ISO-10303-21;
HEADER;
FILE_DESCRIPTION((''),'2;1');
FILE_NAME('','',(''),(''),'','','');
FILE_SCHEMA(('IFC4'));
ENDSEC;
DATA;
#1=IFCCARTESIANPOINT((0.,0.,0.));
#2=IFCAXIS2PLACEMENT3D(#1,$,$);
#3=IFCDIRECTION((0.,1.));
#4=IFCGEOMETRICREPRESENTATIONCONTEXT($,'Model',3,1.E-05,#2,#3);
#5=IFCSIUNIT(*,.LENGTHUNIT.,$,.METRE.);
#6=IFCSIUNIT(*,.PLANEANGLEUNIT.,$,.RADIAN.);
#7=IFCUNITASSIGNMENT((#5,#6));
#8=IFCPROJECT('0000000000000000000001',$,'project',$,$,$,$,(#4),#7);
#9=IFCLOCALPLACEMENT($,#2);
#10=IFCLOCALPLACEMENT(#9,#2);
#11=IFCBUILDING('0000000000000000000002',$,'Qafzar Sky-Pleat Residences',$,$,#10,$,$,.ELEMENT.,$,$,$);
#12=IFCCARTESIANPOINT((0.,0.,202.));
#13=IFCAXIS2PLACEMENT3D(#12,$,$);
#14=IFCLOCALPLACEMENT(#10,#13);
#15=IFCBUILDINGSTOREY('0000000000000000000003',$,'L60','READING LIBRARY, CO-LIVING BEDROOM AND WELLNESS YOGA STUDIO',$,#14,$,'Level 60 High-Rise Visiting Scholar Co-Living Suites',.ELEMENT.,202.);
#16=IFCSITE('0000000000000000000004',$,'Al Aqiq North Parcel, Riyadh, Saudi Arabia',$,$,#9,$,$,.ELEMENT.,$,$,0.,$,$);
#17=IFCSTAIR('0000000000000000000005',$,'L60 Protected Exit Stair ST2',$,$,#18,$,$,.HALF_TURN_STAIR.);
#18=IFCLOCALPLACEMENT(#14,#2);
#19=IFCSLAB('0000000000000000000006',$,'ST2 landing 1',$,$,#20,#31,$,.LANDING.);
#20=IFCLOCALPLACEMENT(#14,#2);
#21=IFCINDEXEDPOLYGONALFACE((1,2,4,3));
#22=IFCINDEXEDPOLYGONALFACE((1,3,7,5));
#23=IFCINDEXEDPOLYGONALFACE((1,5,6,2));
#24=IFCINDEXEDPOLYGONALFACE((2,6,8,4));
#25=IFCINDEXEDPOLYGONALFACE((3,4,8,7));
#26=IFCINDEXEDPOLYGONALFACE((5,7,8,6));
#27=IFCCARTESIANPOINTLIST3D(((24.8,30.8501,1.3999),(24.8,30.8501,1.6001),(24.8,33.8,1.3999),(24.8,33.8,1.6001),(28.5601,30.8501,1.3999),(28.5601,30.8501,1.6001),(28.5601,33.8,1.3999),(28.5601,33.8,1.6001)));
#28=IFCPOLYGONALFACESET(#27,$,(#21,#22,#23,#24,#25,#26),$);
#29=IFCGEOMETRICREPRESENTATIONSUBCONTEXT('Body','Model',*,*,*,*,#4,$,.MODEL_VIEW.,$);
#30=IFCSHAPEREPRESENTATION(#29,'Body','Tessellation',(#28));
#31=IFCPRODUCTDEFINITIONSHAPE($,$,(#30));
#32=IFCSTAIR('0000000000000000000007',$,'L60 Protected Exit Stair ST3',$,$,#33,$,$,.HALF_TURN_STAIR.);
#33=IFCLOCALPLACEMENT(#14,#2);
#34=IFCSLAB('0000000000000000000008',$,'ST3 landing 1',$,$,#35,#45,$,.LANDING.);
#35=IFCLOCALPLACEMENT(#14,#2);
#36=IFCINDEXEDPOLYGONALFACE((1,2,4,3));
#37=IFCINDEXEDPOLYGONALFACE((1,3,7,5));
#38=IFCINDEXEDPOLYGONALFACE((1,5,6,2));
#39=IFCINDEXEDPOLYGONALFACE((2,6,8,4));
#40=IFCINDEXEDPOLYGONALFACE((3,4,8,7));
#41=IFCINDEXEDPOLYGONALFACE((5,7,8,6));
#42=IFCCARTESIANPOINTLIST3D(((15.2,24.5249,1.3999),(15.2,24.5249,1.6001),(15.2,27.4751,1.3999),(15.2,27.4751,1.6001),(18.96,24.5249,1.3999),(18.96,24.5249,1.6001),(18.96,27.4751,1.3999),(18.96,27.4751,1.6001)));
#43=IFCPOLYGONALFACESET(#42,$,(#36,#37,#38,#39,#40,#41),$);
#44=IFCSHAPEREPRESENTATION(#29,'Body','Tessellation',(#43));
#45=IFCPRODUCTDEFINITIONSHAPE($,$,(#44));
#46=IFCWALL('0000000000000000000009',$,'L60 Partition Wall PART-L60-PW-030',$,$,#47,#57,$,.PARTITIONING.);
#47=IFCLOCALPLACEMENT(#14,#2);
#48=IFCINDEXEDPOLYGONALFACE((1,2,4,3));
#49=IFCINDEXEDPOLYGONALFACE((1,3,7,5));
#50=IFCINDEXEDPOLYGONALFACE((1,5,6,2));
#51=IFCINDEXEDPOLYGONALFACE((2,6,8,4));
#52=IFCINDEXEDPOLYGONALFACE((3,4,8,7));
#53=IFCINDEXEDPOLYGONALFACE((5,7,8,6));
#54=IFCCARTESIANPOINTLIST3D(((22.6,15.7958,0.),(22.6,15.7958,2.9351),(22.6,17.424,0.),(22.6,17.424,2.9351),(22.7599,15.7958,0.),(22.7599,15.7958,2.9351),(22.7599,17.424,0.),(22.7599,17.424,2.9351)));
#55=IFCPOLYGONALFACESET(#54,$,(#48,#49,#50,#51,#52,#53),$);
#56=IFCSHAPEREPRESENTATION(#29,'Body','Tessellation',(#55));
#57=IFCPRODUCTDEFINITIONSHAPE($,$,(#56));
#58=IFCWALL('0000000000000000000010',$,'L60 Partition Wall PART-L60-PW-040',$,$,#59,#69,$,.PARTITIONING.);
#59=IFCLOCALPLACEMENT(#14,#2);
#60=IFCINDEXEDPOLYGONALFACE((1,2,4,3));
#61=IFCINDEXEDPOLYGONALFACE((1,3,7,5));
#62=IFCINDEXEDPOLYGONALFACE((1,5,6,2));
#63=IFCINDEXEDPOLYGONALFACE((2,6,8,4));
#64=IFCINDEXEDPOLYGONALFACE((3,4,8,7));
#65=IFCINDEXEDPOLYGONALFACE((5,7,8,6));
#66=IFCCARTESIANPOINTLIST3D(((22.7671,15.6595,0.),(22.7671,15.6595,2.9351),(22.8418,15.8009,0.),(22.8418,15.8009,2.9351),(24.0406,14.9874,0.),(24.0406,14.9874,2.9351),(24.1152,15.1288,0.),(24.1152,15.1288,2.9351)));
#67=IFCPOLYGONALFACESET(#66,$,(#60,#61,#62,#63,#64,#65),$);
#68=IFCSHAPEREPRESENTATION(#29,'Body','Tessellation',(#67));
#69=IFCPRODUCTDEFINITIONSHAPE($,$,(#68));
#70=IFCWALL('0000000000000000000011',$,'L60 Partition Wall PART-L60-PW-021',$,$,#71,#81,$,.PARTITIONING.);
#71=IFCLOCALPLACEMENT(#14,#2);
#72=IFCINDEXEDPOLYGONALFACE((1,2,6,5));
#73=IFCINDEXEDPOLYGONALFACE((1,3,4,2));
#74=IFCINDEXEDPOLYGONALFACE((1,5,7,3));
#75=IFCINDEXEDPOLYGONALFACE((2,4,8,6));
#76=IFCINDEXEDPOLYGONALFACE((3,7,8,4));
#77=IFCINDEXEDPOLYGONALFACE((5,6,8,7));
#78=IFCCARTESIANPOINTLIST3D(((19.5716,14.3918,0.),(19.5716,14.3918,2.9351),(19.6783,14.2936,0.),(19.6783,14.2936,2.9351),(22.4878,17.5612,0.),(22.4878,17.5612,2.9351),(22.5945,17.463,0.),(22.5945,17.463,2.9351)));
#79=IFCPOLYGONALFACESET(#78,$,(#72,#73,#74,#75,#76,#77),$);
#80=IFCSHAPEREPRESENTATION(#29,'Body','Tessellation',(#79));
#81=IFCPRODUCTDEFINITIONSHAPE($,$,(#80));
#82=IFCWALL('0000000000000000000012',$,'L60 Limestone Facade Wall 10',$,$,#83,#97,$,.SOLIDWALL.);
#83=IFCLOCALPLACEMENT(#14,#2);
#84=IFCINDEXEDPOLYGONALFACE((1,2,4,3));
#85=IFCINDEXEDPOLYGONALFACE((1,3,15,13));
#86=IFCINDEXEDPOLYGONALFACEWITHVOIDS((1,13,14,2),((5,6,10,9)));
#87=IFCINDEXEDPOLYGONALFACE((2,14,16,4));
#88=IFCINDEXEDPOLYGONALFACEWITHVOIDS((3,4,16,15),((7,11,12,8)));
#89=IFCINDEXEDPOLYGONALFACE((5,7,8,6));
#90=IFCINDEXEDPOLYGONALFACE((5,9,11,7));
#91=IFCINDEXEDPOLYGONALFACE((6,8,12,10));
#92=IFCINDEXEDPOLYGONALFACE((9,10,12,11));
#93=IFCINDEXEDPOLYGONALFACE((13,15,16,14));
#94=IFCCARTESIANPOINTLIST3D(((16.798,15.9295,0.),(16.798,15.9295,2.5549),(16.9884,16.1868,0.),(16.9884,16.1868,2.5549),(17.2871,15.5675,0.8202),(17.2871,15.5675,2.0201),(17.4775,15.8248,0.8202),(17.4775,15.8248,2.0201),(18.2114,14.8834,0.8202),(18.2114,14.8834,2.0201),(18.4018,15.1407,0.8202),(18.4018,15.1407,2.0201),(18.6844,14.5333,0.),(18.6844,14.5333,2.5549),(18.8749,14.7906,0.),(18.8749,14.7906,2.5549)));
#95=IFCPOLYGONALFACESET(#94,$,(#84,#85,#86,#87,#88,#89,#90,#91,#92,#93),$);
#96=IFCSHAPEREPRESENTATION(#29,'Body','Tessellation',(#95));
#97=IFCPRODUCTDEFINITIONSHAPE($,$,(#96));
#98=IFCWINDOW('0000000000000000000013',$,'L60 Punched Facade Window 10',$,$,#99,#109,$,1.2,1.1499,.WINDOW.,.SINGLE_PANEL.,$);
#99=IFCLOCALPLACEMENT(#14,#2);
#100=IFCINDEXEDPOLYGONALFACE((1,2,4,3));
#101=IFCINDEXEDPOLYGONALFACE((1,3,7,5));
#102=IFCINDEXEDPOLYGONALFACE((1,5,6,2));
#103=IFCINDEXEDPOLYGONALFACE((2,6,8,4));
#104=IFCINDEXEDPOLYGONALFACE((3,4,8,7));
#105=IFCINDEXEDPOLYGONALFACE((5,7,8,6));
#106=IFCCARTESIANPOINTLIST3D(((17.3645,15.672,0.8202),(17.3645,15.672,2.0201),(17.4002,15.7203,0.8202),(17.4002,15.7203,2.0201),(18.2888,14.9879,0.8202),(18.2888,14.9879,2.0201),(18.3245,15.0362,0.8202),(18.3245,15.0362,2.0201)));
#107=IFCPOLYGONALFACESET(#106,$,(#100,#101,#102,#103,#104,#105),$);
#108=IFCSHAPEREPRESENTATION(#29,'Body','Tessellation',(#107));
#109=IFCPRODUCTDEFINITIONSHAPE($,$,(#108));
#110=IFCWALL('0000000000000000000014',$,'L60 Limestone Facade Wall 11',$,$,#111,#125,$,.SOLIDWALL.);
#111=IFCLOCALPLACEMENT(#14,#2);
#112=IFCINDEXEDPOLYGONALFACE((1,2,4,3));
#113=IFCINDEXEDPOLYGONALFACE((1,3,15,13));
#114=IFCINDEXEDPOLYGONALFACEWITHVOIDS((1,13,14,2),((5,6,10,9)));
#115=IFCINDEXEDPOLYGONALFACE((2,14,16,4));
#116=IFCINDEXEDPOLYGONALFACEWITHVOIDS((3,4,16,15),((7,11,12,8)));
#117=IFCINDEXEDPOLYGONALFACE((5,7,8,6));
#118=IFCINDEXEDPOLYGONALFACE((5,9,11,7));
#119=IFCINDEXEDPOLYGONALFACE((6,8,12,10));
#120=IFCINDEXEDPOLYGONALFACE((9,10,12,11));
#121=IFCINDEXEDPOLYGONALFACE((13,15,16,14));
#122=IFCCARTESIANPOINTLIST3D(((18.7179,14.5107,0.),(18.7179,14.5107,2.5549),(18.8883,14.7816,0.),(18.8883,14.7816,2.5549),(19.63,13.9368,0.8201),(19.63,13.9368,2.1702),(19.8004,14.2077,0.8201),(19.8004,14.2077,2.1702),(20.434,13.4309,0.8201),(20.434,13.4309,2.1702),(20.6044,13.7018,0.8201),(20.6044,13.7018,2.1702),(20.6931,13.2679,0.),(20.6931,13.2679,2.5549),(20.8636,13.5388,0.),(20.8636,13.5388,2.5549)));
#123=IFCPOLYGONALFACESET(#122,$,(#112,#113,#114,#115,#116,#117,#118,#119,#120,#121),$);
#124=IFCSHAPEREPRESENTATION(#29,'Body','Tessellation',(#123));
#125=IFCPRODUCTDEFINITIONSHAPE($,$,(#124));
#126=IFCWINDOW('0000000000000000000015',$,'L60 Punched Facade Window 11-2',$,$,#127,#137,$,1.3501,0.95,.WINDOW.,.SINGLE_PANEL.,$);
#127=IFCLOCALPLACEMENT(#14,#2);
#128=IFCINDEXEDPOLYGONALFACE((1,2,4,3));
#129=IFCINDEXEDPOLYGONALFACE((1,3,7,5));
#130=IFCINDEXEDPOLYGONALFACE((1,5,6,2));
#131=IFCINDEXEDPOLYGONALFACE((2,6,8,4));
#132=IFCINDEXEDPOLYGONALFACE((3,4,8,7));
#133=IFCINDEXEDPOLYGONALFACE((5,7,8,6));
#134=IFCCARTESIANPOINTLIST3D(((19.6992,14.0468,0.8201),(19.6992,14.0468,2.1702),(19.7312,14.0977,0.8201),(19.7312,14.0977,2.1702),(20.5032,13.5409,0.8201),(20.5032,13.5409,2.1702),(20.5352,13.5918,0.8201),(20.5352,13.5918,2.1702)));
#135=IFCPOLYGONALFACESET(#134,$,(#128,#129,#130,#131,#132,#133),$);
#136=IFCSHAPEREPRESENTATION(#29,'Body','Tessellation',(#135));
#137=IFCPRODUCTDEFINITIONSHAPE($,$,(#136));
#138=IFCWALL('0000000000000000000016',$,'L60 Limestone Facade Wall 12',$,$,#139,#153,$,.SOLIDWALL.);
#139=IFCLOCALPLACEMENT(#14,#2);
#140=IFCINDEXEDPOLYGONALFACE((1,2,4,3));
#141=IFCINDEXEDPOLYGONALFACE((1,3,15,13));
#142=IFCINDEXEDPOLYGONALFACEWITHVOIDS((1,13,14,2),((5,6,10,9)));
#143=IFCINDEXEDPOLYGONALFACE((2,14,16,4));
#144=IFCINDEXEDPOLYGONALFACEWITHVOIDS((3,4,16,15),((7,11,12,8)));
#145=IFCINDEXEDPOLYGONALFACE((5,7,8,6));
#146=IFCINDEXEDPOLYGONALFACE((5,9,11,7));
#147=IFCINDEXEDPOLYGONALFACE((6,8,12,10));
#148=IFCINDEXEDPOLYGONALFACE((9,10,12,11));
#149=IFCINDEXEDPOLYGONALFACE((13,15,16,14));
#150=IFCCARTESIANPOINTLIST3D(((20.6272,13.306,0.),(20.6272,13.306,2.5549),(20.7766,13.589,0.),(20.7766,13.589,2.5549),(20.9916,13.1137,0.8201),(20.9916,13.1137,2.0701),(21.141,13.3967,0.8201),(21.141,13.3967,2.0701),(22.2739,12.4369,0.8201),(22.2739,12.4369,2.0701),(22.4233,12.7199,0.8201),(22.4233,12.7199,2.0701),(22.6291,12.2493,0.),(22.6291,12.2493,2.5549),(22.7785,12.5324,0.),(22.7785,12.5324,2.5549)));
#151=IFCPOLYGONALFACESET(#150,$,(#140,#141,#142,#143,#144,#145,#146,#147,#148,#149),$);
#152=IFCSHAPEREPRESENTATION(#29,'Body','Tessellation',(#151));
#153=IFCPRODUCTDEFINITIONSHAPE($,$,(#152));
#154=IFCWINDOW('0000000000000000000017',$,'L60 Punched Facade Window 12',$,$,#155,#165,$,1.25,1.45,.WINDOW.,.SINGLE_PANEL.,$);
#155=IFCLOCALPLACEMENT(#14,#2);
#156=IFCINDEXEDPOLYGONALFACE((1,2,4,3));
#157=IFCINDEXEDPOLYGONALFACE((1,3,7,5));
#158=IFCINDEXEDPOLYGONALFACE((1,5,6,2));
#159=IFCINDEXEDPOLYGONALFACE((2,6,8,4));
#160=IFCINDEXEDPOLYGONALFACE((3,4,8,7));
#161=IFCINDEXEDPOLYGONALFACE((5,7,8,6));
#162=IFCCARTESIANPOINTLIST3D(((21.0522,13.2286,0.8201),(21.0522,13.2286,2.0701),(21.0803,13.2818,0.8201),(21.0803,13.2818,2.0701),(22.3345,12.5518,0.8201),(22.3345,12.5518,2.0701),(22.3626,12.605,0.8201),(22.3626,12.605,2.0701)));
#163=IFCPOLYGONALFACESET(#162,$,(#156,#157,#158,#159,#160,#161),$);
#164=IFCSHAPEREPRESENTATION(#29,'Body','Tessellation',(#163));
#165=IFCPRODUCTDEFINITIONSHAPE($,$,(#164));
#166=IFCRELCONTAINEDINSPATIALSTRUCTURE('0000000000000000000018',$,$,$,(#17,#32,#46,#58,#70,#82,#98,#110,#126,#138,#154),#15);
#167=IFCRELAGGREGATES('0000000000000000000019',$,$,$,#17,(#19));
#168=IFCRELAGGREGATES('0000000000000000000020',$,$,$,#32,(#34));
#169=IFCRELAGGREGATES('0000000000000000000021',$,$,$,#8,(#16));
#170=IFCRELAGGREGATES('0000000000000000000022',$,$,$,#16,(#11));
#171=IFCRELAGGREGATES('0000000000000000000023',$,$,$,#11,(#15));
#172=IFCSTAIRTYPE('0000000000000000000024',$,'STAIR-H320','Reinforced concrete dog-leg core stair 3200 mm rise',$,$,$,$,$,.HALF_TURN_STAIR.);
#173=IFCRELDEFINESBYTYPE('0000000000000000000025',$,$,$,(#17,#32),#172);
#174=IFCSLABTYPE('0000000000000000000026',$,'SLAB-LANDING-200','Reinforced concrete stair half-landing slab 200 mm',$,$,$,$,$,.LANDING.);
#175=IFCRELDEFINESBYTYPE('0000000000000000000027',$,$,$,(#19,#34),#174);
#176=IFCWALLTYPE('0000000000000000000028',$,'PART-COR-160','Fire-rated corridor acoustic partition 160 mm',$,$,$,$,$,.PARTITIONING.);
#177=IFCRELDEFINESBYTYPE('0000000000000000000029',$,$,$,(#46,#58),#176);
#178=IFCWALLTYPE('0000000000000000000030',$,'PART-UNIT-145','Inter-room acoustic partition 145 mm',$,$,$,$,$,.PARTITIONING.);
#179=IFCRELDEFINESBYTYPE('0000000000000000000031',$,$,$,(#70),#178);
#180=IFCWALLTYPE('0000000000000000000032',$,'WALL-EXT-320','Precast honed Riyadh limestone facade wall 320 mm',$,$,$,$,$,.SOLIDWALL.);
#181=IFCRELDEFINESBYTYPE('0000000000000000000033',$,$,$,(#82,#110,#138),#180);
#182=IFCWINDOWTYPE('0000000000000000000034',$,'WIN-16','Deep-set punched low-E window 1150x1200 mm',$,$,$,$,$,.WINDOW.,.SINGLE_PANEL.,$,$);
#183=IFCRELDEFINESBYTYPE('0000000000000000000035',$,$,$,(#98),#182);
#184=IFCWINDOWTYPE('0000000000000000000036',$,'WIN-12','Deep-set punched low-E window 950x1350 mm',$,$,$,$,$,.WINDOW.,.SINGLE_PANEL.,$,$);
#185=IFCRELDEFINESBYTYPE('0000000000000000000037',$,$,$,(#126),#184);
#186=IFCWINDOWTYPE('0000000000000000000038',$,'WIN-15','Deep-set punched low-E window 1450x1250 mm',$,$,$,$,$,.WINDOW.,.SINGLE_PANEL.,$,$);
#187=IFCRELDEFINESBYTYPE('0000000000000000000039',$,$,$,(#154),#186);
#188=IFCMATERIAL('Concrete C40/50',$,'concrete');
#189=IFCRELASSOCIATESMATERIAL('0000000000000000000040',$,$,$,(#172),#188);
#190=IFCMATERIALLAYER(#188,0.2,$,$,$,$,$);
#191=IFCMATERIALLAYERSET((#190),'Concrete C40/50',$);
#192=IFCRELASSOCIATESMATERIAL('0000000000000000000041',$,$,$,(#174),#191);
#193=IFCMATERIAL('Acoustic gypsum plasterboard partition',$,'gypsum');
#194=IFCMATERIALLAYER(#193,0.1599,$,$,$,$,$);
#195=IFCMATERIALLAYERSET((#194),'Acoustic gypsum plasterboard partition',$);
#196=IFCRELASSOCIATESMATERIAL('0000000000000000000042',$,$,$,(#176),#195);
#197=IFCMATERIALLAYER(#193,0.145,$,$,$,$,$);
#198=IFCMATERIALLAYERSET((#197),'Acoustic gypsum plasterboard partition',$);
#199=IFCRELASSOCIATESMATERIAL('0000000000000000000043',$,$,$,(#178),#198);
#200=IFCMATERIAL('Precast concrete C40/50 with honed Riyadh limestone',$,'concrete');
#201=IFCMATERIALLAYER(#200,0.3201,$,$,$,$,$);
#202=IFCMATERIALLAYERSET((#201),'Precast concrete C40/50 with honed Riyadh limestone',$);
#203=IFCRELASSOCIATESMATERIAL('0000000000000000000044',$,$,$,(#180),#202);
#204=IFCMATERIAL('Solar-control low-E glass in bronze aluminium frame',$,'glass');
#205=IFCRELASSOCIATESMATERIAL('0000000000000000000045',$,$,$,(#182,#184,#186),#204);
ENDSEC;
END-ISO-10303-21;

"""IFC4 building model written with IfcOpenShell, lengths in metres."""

from ifc_helpers import new_model, si_unit, direction, frame, frame_2d, origin, place, context, subcontext, project, spatial, polyline, rectangle, outline, extrude, source, transform, mapped, material, layer, layer_set, type_object, element, fill, aggregate, save


model = new_model("IFC4")

# Units and contexts
model_context = context("Model", 3, precision=1e-05, world=origin(), true_north=direction((0.0, 1.0)))
body_context = subcontext(model_context, "Body", "Model", "MODEL_VIEW")
ifc_project = project(units=[si_unit("LENGTHUNIT", "METRE"), si_unit("PLANEANGLEUNIT", "RADIAN")], contexts=[model_context])

# Site, building, storey
site_placement = place(None, origin())
site = spatial("IfcSite", under=ifc_project, at=site_placement, Name="Al Aqiq North Parcel, Riyadh, Saudi Arabia", CompositionType="ELEMENT", RefElevation=0.0)
building_placement = place(site_placement, origin())
building = spatial("IfcBuilding", under=site, at=building_placement, Name="Qafzar Sky-Pleat Residences", CompositionType="ELEMENT")
storey_placement = place(building_placement, frame((0.0, 0.0, 202.0)))
storey = spatial("IfcBuildingStorey", under=building, at=storey_placement, Name="L60", Description="READING LIBRARY, CO-LIVING BEDROOM AND WELLNESS YOGA STUDIO", LongName="Level 60 High-Rise Visiting Scholar Co-Living Suites", CompositionType="ELEMENT", Elevation=202.0)

# Shared definitions
ifc_material_1 = material(Name="Concrete C40/50", Category="concrete")

# Stairs, slabs
stair_type = type_object("IfcStairType", Name="STAIR-H320", Description="Reinforced concrete dog-leg core stair 3200 mm rise", PredefinedType="HALF_TURN_STAIR", material=ifc_material_1)
ifc_layer_1 = layer(ifc_material_1, 0.2)
ifc_layer_set_1 = layer_set([ifc_layer_1], Name="Concrete C40/50")
slab_type_1 = type_object("IfcSlabType", Name="SLAB-LANDING-200", Description="Reinforced concrete stair half-landing slab 200 mm", PredefinedType="LANDING", material=ifc_layer_set_1)
stair_1_placement = place(storey_placement, origin())
stair_1 = element("IfcStair", 1, at=stair_1_placement, inside=storey, type_object=stair_type, Name="L60 Protected Exit Stair ST2", PredefinedType="HALF_TURN_STAIR")
slab_1_placement = place(storey_placement, frame((0.0, 0.0, 1.3999)))
slab_1 = element("IfcSlab", 2, at=slab_1_placement, type_object=slab_type_1, Name="ST2 landing 1", PredefinedType="LANDING", context=body_context, shape_type="SweptSolid", body=[
    extrude(outline(polyline([(28.5601, 33.8), (24.8, 33.8), (24.8, 30.8501), (28.5601, 30.8501), (28.5601, 33.8)])), origin(), (0.0, 0.0, 1.0), 0.2002),
])
aggregate(stair_1, [slab_1])
stair_2_placement = place(storey_placement, origin())
stair_2 = element("IfcStair", 3, at=stair_2_placement, inside=storey, type_object=stair_type, Name="L60 Protected Exit Stair ST3", PredefinedType="HALF_TURN_STAIR")
slab_2_placement = place(storey_placement, frame((0.0, 0.0, 1.3999)))
slab_2 = element("IfcSlab", 4, at=slab_2_placement, type_object=slab_type_1, Name="ST3 landing 1", PredefinedType="LANDING", context=body_context, shape_type="SweptSolid", body=[
    extrude(outline(polyline([(18.96, 27.4751), (15.2, 27.4751), (15.2, 24.5249), (18.96, 24.5249), (18.96, 27.4751)])), origin(), (0.0, 0.0, 1.0), 0.2002),
])
aggregate(stair_2, [slab_2])

# Walls
ifc_material_2 = material(Name="Acoustic gypsum plasterboard partition", Category="gypsum")
ifc_layer_2 = layer(ifc_material_2, 0.1599)
ifc_layer_set_2 = layer_set([ifc_layer_2], Name="Acoustic gypsum plasterboard partition")
wall_type_1 = type_object("IfcWallType", Name="PART-COR-160", Description="Fire-rated corridor acoustic partition 160 mm", PredefinedType="PARTITIONING", material=ifc_layer_set_2)
wall_1_placement = place(storey_placement, frame((22.6799, 15.7959, 0.0), z_axis=(0.0, 0.0, 1.0), x_axis=(0.0, 1.0, 0.0)))
element("IfcWall", 5, at=wall_1_placement, inside=storey, type_object=wall_type_1, Name="L60 Partition Wall PART-L60-PW-030", PredefinedType="PARTITIONING", context=body_context, shape_type="SweptSolid", body=[
    extrude(rectangle(XDim=1.6282, YDim=0.1599, at=frame_2d((0.814, 0.0))), origin(), (0.0, 0.0, 1.0), 2.9351),
])
wall_2_placement = place(storey_placement, frame((22.8044, 15.7302, 0.0), z_axis=(0.0, 0.0, 1.0), x_axis=(0.884377, -0.466773, 0.0)))
element("IfcWall", 6, at=wall_2_placement, inside=storey, type_object=wall_type_1, Name="L60 Partition Wall PART-L60-PW-040", PredefinedType="PARTITIONING", context=body_context, shape_type="SweptSolid", body=[
    extrude(rectangle(XDim=1.4399, YDim=0.1599, at=frame_2d((0.72, 0.0))), origin(), (0.0, 0.0, 1.0), 2.9351),
])
ifc_layer_3 = layer(ifc_material_2, 0.145)
ifc_layer_set_3 = layer_set([ifc_layer_3], Name="Acoustic gypsum plasterboard partition")
wall_type_2 = type_object("IfcWallType", Name="PART-UNIT-145", Description="Inter-room acoustic partition 145 mm", PredefinedType="PARTITIONING", material=ifc_layer_set_3)
wall_3_placement = place(storey_placement, frame((19.625, 14.3428, 0.0), z_axis=(0.0, 0.0, 1.0), x_axis=(0.677104, 0.735887, 0.0)))
element("IfcWall", 7, at=wall_3_placement, inside=storey, type_object=wall_type_2, Name="L60 Partition Wall PART-L60-PW-021", PredefinedType="PARTITIONING", context=body_context, shape_type="SweptSolid", body=[
    extrude(rectangle(XDim=4.3069, YDim=0.145, at=frame_2d((2.1533, 0.0))), origin(), (0.0, 0.0, 1.0), 2.9351),
])

# Walls, openings, windows
ifc_material_3 = material(Name="Precast concrete C40/50 with honed Riyadh limestone", Category="concrete")
ifc_layer_4 = layer(ifc_material_3, 0.3201)
ifc_layer_set_4 = layer_set([ifc_layer_4], Name="Precast concrete C40/50 with honed Riyadh limestone")
wall_type_3 = type_object("IfcWallType", Name="WALL-EXT-320", Description="Precast honed Riyadh limestone facade wall 320 mm", PredefinedType="SOLIDWALL", material=ifc_layer_set_4)
wall_4_placement = place(storey_placement, frame((16.8933, 16.0581, 0.0), z_axis=(0.0, 0.0, 1.0), x_axis=(0.803791, -0.594912, 0.0)))
wall_4 = element("IfcWall", 8, at=wall_4_placement, inside=storey, type_object=wall_type_3, Name="L60 Limestone Facade Wall 10", PredefinedType="SOLIDWALL", context=body_context, shape_type="SweptSolid", body=[
    extrude(rectangle(XDim=2.3469, YDim=0.3201, at=frame_2d((1.1733, 0.0))), origin(), (0.0, 0.0, 1.0), 2.5549),
])
opening_1_placement = place(wall_4_placement, frame((0.6084, 0.0, 0.8201)))
opening_1 = element("IfcOpeningElement", 9, at=opening_1_placement, cuts=wall_4, PredefinedType="OPENING", context=body_context, shape_type="SweptSolid", body=[
    extrude(rectangle(XDim=1.1499, YDim=1.2, at=frame_2d((0.575, 0.6001))), frame((0.0, 0.1699, 0.0), z_axis=(0.0, -1.0, 0.0), x_axis=(1.0, 0.0, 0.0)), (0.0, 0.0, 1.0), 0.3401),
])
ifc_material_4 = material(Name="Solar-control low-E glass in bronze aluminium frame", Category="glass")
window_type_1 = type_object("IfcWindowType", Name="WIN-16", Description="Deep-set punched low-E window 1150x1200 mm", PartitioningType="SINGLE_PANEL", PredefinedType="WINDOW", material=ifc_material_4)
shared_shape_1 = source(origin(), body_context, "Body", "SweptSolid", [
    extrude(rectangle(XDim=1.1499, YDim=1.2, at=frame_2d((0.575, 0.6001))), frame((0.0, 0.03, 0.0), z_axis=(0.0, -1.0, 0.0), x_axis=(1.0, 0.0, 0.0)), (0.0, 0.0, 1.0), 0.0601),
])
window_1_placement = place(opening_1_placement, origin())
window_1 = element("IfcWindow", 10, at=window_1_placement, inside=storey, type_object=window_type_1, Name="L60 Punched Facade Window 10", OverallHeight=1.2, OverallWidth=1.1499, PartitioningType="SINGLE_PANEL", PredefinedType="WINDOW", context=body_context, shape_type="MappedRepresentation", body=[
    mapped(shared_shape_1, transform((0.0, 0.0, 0.0), x_axis=(1.0, 0.0, 0.0), y_axis=(0.0, 1.0, 0.0), z_axis=(0.0, 0.0, 1.0), scale=1.0)),
])
fill(opening_1, window_1)
wall_5_placement = place(storey_placement, frame((18.803, 14.6462, 0.0), z_axis=(0.0, 0.0, 1.0), x_axis=(0.84639, -0.532564, 0.0)))
wall_5 = element("IfcWall", 11, at=wall_5_placement, inside=storey, type_object=wall_type_3, Name="L60 Limestone Facade Wall 11", PredefinedType="SOLIDWALL", context=body_context, shape_type="SweptSolid", body=[
    extrude(rectangle(XDim=2.3337, YDim=0.3201, at=frame_2d((1.167, 0.0))), origin(), (0.0, 0.0, 1.0), 2.5549),
])
opening_2_placement = place(wall_5_placement, frame((1.0776, 0.0, 0.8201)))
opening_2 = element("IfcOpeningElement", 12, at=opening_2_placement, cuts=wall_5, PredefinedType="OPENING", context=body_context, shape_type="SweptSolid", body=[
    extrude(rectangle(XDim=0.95, YDim=1.3501, at=frame_2d((0.4751, 0.675))), frame((0.0, 0.1699, 0.0), z_axis=(0.0, -1.0, 0.0), x_axis=(1.0, 0.0, 0.0)), (0.0, 0.0, 1.0), 0.3401),
])
window_type_2 = type_object("IfcWindowType", Name="WIN-12", Description="Deep-set punched low-E window 950x1350 mm", PartitioningType="SINGLE_PANEL", PredefinedType="WINDOW", material=ifc_material_4)
shared_shape_2 = source(origin(), body_context, "Body", "SweptSolid", [
    extrude(rectangle(XDim=0.95, YDim=1.3501, at=frame_2d((0.4751, 0.675))), frame((0.0, 0.03, 0.0), z_axis=(0.0, -1.0, 0.0), x_axis=(1.0, 0.0, 0.0)), (0.0, 0.0, 1.0), 0.0601),
])
window_2_placement = place(opening_2_placement, origin())
window_2 = element("IfcWindow", 13, at=window_2_placement, inside=storey, type_object=window_type_2, Name="L60 Punched Facade Window 11-2", OverallHeight=1.3501, OverallWidth=0.95, PartitioningType="SINGLE_PANEL", PredefinedType="WINDOW", context=body_context, shape_type="MappedRepresentation", body=[
    mapped(shared_shape_2, transform((0.0, 0.0, 0.0), x_axis=(1.0, 0.0, 0.0), y_axis=(0.0, 1.0, 0.0), z_axis=(0.0, 0.0, 1.0), scale=1.0)),
])
fill(opening_2, window_2)
wall_6_placement = place(storey_placement, frame((20.7019, 13.4475, 0.0), z_axis=(0.0, 0.0, 1.0), x_axis=(0.884375, -0.466777, 0.0)))
wall_6 = element("IfcWall", 14, at=wall_6_placement, inside=storey, type_object=wall_type_3, Name="L60 Limestone Facade Wall 12", PredefinedType="SOLIDWALL", context=body_context, shape_type="SweptSolid", body=[
    extrude(rectangle(XDim=2.2637, YDim=0.3201, at=frame_2d((1.1318, 0.0))), origin(), (0.0, 0.0, 1.0), 2.5549),
])
opening_3_placement = place(wall_6_placement, frame((0.4119, 0.0, 0.8201)))
opening_3 = element("IfcOpeningElement", 15, at=opening_3_placement, cuts=wall_6, PredefinedType="OPENING", context=body_context, shape_type="SweptSolid", body=[
    extrude(rectangle(XDim=1.45, YDim=1.25, at=frame_2d((0.7251, 0.625))), frame((0.0, 0.1699, 0.0), z_axis=(0.0, -1.0, 0.0), x_axis=(1.0, 0.0, 0.0)), (0.0, 0.0, 1.0), 0.3401),
])
window_type_3 = type_object("IfcWindowType", Name="WIN-15", Description="Deep-set punched low-E window 1450x1250 mm", PartitioningType="SINGLE_PANEL", PredefinedType="WINDOW", material=ifc_material_4)
shared_shape_3 = source(origin(), body_context, "Body", "SweptSolid", [
    extrude(rectangle(XDim=1.45, YDim=1.25, at=frame_2d((0.7251, 0.625))), frame((0.0, 0.03, 0.0), z_axis=(0.0, -1.0, 0.0), x_axis=(1.0, 0.0, 0.0)), (0.0, 0.0, 1.0), 0.0601),
])
window_3_placement = place(opening_3_placement, origin())
window_3 = element("IfcWindow", 16, at=window_3_placement, inside=storey, type_object=window_type_3, Name="L60 Punched Facade Window 12", OverallHeight=1.25, OverallWidth=1.45, PartitioningType="SINGLE_PANEL", PredefinedType="WINDOW", context=body_context, shape_type="MappedRepresentation", body=[
    mapped(shared_shape_3, transform((0.0, 0.0, 0.0), x_axis=(1.0, 0.0, 0.0), y_axis=(0.0, 1.0, 0.0), z_axis=(0.0, 0.0, 1.0), scale=1.0)),
])
fill(opening_3, window_3)

save(model, "model.ifc")
